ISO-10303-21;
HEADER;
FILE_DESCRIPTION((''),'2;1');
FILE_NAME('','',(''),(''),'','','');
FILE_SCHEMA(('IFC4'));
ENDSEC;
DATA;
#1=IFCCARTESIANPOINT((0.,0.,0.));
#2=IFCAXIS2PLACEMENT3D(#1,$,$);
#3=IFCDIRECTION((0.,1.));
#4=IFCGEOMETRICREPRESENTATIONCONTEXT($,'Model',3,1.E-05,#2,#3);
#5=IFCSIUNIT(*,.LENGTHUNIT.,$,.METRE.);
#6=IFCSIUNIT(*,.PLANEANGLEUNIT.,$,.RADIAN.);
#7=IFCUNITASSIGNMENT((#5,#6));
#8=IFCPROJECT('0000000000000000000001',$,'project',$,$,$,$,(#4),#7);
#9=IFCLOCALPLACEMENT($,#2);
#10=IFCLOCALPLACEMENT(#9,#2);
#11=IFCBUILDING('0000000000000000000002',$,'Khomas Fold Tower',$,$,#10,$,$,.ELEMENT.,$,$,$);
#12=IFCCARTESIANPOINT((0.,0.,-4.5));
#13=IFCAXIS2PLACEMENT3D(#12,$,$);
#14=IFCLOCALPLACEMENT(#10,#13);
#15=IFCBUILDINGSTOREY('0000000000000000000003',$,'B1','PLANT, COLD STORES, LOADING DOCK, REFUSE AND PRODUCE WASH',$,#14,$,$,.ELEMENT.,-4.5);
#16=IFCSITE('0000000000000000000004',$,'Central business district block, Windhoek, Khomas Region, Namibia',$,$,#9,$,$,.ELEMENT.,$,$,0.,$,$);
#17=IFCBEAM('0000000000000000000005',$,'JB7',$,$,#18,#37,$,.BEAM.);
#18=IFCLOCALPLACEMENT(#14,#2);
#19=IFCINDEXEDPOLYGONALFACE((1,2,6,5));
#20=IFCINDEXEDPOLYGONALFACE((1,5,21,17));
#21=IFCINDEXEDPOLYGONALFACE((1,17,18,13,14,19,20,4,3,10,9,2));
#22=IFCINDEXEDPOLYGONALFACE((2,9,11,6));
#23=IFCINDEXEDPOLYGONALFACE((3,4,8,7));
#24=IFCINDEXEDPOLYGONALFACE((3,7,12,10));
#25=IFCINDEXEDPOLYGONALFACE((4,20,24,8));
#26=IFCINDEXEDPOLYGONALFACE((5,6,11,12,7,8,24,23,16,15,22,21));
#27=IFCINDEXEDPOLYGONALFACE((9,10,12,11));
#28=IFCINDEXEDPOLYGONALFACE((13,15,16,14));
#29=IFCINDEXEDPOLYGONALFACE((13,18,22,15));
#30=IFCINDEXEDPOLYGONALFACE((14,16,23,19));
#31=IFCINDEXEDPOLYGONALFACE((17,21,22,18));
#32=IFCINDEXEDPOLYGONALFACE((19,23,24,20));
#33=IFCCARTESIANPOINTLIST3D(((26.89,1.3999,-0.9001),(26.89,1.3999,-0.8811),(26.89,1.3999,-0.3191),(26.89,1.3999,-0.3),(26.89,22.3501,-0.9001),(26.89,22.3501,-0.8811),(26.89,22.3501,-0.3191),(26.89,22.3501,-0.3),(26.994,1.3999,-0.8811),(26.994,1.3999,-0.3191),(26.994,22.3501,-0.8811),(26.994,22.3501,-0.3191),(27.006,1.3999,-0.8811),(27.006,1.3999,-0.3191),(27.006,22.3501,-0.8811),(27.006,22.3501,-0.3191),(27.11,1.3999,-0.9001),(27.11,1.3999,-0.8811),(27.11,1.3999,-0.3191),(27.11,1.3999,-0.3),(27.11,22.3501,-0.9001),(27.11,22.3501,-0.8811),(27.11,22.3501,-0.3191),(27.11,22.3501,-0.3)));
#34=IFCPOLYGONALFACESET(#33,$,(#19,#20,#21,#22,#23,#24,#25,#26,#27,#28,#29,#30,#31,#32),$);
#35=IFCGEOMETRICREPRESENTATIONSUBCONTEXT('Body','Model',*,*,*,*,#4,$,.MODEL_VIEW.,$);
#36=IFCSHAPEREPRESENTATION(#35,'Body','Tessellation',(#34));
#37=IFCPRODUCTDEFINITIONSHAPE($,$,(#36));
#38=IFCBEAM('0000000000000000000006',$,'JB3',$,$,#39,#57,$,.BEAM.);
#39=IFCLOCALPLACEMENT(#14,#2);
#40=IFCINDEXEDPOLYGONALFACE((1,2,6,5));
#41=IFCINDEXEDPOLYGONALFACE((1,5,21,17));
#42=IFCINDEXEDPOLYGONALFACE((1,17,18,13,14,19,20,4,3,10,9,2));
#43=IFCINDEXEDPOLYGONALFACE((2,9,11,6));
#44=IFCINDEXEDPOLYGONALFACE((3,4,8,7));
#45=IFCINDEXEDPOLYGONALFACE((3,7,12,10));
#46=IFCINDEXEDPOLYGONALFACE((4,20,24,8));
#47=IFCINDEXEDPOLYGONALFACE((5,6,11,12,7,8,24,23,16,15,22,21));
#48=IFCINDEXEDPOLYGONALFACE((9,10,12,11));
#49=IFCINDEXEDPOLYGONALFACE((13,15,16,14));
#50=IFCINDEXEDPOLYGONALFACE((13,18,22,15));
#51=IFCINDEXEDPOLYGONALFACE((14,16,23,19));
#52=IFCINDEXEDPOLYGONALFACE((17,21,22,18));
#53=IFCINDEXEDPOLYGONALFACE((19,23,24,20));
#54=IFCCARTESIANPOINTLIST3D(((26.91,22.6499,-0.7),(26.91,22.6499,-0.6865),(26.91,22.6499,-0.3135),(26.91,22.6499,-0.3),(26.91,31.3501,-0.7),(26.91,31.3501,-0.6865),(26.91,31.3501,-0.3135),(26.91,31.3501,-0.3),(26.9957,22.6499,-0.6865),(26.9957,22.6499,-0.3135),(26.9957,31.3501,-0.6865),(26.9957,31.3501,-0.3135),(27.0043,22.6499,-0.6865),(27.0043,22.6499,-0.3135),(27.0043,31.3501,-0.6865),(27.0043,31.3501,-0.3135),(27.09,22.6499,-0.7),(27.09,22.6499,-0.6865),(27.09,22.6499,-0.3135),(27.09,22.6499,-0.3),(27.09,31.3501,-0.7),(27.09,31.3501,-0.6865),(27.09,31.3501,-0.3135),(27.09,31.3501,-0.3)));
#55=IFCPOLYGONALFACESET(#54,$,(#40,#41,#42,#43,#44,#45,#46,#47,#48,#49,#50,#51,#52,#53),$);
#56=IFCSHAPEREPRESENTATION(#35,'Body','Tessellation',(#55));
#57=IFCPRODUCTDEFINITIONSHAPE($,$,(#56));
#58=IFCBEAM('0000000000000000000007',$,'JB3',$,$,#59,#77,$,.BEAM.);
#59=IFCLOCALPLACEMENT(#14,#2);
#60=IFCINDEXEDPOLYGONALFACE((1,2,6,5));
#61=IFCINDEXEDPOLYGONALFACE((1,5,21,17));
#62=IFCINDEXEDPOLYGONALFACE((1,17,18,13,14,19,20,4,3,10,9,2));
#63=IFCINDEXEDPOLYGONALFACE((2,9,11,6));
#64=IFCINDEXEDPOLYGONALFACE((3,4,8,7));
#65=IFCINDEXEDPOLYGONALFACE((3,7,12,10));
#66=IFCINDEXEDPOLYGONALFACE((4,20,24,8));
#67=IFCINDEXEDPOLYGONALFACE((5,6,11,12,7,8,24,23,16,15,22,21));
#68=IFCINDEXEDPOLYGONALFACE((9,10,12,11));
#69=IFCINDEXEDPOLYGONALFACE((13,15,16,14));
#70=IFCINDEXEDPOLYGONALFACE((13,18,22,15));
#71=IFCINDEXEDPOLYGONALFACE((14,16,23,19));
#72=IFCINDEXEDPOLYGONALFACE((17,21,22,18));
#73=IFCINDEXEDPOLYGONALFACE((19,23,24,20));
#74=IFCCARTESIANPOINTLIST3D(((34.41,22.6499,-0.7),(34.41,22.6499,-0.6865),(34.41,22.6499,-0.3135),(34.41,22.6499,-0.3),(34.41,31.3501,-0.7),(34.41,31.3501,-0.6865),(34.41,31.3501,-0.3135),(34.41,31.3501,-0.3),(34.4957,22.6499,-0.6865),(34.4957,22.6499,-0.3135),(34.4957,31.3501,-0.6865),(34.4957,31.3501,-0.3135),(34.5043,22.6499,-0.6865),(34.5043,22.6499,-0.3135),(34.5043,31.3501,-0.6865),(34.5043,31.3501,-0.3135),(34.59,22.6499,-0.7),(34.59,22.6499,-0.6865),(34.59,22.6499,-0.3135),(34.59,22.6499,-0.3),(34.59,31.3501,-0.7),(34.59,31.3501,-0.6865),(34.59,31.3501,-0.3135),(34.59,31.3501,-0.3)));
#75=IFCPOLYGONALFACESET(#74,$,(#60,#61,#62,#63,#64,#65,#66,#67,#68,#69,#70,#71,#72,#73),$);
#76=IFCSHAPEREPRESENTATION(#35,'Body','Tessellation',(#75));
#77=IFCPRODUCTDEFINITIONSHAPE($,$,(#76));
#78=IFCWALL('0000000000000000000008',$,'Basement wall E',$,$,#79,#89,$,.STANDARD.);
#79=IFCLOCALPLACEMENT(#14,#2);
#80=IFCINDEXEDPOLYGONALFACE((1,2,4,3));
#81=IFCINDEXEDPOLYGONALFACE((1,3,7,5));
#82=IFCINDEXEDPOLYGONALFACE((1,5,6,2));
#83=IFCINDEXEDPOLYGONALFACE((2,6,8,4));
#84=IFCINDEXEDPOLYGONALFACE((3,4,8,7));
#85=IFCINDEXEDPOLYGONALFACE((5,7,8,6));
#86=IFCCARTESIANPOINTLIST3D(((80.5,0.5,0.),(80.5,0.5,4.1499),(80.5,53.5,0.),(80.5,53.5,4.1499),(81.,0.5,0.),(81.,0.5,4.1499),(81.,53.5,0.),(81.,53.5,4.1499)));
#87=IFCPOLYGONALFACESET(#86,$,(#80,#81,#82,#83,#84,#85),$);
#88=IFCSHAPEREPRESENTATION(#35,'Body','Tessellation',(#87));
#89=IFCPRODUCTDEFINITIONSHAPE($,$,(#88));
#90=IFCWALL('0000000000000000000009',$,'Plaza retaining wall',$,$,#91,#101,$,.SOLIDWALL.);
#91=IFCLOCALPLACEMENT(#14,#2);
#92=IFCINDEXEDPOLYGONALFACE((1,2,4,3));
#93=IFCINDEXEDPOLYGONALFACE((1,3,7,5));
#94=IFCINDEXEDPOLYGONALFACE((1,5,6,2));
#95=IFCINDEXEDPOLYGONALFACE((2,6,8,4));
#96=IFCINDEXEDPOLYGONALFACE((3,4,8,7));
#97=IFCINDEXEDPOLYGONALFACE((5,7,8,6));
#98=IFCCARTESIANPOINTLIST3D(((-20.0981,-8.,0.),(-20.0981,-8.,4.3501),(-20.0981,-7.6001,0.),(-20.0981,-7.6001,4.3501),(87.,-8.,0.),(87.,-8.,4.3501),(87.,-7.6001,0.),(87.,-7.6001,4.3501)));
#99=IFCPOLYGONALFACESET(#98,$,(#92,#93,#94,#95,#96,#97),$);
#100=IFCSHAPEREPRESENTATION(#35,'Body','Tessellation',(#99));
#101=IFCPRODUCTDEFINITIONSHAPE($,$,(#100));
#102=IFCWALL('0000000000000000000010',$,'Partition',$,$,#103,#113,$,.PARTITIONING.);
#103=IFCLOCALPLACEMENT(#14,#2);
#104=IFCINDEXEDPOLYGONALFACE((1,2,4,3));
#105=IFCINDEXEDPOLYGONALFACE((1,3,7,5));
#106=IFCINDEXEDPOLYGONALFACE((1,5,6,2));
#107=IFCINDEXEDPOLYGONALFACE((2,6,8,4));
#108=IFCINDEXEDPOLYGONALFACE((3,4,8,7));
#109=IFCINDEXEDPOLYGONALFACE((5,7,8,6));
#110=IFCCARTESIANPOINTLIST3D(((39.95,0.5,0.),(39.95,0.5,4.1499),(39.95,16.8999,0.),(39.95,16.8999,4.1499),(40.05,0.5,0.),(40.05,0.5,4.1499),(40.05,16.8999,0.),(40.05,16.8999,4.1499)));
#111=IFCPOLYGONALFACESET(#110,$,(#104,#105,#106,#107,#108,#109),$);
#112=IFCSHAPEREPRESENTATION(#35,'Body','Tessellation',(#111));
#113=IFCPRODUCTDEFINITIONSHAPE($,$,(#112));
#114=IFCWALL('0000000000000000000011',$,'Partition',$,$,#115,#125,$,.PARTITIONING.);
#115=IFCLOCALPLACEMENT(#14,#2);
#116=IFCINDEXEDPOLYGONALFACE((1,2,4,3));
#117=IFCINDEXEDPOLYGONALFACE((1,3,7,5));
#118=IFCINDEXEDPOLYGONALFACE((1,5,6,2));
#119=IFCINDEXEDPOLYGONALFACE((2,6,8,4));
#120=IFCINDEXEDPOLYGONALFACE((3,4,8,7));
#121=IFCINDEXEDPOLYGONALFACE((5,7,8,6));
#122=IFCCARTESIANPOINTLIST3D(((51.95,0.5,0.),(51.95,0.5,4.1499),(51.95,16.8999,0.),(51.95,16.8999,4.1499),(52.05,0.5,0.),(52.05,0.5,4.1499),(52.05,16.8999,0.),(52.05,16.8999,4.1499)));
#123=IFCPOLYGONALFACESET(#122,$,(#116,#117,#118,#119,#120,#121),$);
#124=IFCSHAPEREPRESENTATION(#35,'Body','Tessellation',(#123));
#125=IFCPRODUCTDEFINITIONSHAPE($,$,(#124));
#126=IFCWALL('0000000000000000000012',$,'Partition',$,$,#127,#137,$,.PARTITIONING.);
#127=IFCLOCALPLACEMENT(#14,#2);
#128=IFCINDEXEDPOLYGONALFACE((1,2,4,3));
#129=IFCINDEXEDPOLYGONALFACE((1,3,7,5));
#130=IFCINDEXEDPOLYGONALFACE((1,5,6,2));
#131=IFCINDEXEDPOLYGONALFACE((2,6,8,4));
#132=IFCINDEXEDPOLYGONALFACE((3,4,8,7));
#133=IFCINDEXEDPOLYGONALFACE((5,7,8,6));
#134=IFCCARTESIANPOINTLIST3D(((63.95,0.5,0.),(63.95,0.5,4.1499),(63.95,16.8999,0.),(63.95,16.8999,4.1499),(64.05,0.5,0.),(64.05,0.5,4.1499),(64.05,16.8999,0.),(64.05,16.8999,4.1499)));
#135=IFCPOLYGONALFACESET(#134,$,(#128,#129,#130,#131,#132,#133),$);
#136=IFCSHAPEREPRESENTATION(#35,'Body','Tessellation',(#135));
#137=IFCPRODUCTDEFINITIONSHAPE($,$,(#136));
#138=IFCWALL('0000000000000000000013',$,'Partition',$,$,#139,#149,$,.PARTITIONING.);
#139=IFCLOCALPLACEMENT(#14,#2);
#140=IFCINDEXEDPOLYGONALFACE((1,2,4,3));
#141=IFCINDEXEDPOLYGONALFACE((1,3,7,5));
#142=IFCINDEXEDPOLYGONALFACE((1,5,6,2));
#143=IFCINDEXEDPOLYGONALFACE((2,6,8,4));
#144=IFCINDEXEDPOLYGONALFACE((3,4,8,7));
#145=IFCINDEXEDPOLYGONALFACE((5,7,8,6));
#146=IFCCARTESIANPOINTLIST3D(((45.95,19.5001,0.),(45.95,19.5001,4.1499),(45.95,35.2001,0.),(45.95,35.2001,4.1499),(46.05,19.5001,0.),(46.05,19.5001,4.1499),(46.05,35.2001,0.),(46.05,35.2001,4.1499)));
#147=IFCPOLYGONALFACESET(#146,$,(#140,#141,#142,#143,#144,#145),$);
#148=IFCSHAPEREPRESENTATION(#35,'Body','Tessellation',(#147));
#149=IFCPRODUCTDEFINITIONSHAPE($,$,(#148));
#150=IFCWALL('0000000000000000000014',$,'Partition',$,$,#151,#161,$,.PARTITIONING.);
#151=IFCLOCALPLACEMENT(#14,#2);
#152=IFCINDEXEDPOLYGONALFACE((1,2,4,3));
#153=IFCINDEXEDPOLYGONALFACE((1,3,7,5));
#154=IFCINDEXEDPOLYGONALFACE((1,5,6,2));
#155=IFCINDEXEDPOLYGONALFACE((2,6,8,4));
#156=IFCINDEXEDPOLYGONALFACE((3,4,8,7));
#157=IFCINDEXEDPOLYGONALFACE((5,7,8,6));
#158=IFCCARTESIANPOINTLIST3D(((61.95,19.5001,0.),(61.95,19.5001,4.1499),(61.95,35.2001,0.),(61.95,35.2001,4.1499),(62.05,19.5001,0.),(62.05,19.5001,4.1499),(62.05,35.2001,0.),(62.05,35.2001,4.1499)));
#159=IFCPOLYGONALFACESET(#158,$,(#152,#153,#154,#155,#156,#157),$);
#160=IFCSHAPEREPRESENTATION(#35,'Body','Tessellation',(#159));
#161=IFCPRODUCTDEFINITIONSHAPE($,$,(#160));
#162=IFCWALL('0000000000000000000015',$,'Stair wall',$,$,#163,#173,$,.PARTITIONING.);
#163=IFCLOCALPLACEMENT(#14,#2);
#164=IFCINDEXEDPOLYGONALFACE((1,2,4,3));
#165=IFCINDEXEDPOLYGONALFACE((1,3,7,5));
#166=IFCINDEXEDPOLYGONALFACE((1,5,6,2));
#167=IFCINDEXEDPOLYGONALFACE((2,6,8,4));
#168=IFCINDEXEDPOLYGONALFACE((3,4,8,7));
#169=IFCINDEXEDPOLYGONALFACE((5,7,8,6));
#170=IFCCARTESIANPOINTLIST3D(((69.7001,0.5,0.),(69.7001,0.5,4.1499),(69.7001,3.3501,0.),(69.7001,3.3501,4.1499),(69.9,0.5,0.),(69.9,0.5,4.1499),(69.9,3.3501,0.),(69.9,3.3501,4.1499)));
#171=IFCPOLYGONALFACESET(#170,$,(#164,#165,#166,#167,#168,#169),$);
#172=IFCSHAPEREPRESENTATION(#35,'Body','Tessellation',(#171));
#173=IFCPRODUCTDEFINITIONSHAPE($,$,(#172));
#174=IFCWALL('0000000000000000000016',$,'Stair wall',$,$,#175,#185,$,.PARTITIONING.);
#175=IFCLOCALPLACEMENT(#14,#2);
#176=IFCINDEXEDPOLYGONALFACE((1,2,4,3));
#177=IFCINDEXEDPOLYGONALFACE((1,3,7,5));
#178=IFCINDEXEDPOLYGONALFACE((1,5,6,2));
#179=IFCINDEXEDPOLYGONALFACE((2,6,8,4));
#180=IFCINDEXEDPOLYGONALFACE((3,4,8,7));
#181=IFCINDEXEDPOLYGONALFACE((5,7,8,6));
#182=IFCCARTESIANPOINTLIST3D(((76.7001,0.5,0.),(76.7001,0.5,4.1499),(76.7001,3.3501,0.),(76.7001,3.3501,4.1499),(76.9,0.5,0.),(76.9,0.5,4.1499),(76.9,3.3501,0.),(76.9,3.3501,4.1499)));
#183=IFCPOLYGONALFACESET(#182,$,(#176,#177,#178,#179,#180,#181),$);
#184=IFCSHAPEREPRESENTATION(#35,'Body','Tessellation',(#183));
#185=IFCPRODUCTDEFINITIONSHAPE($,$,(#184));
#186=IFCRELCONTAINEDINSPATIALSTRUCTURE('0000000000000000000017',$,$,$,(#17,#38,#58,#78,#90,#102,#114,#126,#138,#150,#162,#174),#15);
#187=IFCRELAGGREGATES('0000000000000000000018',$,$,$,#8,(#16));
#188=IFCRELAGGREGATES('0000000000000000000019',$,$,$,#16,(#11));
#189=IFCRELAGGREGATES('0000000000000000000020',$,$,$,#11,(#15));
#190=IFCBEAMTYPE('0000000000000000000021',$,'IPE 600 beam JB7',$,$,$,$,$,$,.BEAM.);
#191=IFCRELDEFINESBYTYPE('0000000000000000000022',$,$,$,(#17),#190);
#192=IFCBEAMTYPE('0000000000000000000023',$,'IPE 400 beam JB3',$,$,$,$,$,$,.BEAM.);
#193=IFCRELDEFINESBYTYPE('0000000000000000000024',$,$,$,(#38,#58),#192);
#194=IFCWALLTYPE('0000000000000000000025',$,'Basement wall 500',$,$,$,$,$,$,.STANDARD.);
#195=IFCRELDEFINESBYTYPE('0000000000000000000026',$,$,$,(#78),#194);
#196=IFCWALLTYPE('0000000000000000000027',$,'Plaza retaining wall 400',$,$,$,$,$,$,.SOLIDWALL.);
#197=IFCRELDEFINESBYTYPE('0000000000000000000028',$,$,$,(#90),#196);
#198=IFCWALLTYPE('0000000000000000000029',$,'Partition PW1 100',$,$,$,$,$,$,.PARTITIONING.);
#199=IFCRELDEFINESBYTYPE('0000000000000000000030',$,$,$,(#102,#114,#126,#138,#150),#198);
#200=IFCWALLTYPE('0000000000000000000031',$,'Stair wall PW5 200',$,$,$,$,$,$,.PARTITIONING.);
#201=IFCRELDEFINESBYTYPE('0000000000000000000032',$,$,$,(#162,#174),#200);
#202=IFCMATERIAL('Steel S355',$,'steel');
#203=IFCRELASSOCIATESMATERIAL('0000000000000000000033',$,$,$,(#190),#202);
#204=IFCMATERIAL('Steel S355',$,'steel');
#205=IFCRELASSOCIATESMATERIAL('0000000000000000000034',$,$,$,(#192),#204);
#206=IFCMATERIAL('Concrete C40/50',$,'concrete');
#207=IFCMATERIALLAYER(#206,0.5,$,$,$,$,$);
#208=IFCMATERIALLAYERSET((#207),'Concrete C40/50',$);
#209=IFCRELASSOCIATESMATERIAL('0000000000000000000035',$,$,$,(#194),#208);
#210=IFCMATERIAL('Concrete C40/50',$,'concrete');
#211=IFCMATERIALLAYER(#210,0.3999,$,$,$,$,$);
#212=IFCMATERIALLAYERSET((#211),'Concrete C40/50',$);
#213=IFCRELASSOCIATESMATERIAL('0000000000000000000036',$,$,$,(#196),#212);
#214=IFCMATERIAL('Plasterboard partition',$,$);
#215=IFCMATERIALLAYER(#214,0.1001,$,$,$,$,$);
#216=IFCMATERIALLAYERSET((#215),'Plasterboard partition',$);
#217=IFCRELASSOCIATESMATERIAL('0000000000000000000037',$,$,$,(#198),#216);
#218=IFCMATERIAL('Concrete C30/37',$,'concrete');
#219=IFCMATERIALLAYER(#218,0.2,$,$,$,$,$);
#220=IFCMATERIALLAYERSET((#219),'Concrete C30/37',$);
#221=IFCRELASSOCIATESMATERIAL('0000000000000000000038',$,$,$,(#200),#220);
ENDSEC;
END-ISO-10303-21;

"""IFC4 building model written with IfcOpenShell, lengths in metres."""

from ifc_helpers import new_model, si_unit, direction, frame, frame_2d, origin, origin_2d, place, context, subcontext, project, spatial, rectangle, i_section, extrude, source, transform, mapped, material, layer, layer_set, material_profile, profile_set, type_object, element, save


model = new_model("IFC4")

# Units and contexts
model_context = context("Model", 3, precision=1e-05, world=origin(), true_north=direction((0.0, 1.0)))
body_context = subcontext(model_context, "Body", "Model", "MODEL_VIEW")
ifc_project = project(units=[si_unit("LENGTHUNIT", "METRE"), si_unit("PLANEANGLEUNIT", "RADIAN")], contexts=[model_context])

# Site, building, storey
site_placement = place(None, origin())
site = spatial("IfcSite", under=ifc_project, at=site_placement, Name="Central business district block, Windhoek, Khomas Region, Namibia", CompositionType="ELEMENT", RefElevation=0.0)
building_placement = place(site_placement, origin())
building = spatial("IfcBuilding", under=site, at=building_placement, Name="Khomas Fold Tower", CompositionType="ELEMENT")
storey_placement = place(building_placement, frame((0.0, 0.0, -4.5)))
storey = spatial("IfcBuildingStorey", under=building, at=storey_placement, Name="B1", Description="PLANT, COLD STORES, LOADING DOCK, REFUSE AND PRODUCE WASH", CompositionType="ELEMENT", Elevation=-4.5)

# Beams
ifc_material_1 = material(Name="Steel S355", Category="steel")
ifc_material_profile_1 = material_profile(ifc_material_1, i_section(OverallWidth=0.22, OverallDepth=0.6001, WebThickness=0.012, FlangeThickness=0.019, at=origin_2d()), Name="IPE 600")
ifc_profile_set_1 = profile_set([ifc_material_profile_1], Name="Steel S355")
beam_type_1 = type_object("IfcBeamType", Name="IPE 600 beam JB7", PredefinedType="BEAM", material=ifc_profile_set_1)
shared_shape_1 = source(origin(), body_context, "Body", "SweptSolid", [
    extrude(i_section(OverallWidth=0.22, OverallDepth=0.6001, WebThickness=0.012, FlangeThickness=0.019, at=origin_2d()), origin(), (0.0, 0.0, 1.0), 20.9502),
])
beam_1_placement = place(storey_placement, frame((27.0, 1.3999, -0.6001), z_axis=(0.0, 1.0, 0.0), x_axis=(-1.0, 0.0, 0.0)))
element("IfcBeam", 1, at=beam_1_placement, inside=storey, type_object=beam_type_1, Name="JB7", PredefinedType="BEAM", context=body_context, shape_type="MappedRepresentation", body=[
    mapped(shared_shape_1, transform((0.0, 0.0, 0.0))),
])
ifc_material_2 = material(Name="Steel S355", Category="steel")
ifc_material_profile_2 = material_profile(ifc_material_2, i_section(OverallWidth=0.1799, OverallDepth=0.3999, WebThickness=0.0085, FlangeThickness=0.0134, at=origin_2d()), Name="IPE 400")
ifc_profile_set_2 = profile_set([ifc_material_profile_2], Name="Steel S355")
beam_type_2 = type_object("IfcBeamType", Name="IPE 400 beam JB3", PredefinedType="BEAM", material=ifc_profile_set_2)
shared_shape_2 = source(origin(), body_context, "Body", "SweptSolid", [
    extrude(i_section(OverallWidth=0.1799, OverallDepth=0.3999, WebThickness=0.0085, FlangeThickness=0.0134, at=origin_2d()), origin(), (0.0, 0.0, 1.0), 8.7002),
])
for number, where, z_axis, x_axis, name in (
    (2, (27.0, 22.6499, -0.5), (0.0, 1.0, 0.0), (-1.0, 0.0, 0.0), "JB3"),
    (3, (34.5, 22.6499, -0.5), (0.0, 1.0, 0.0), (-1.0, 0.0, 0.0), "JB3"),
):
    element("IfcBeam", number, at=place(storey_placement, frame(where, z_axis=z_axis, x_axis=x_axis)), inside=storey, type_object=beam_type_2, Name=name, PredefinedType="BEAM", context=body_context, shape_type="MappedRepresentation", body=[
        mapped(shared_shape_2, transform((0.0, 0.0, 0.0))),
    ])

# Walls
ifc_material_3 = material(Name="Concrete C40/50", Category="concrete")
ifc_layer_1 = layer(ifc_material_3, 0.5)
ifc_layer_set_1 = layer_set([ifc_layer_1], Name="Concrete C40/50")
wall_type_1 = type_object("IfcWallType", Name="Basement wall 500", PredefinedType="STANDARD", material=ifc_layer_set_1)
shared_shape_3 = source(origin(), body_context, "Body", "SweptSolid", [
    extrude(rectangle(XDim=53.0, YDim=0.5, at=frame_2d((26.5, 0.0))), origin(), (0.0, 0.0, 1.0), 4.1499),
])
wall_1_placement = place(storey_placement, frame((80.75, 0.5, 0.0), z_axis=(0.0, 0.0, 1.0), x_axis=(0.0, 1.0, 0.0)))
element("IfcWall", 4, at=wall_1_placement, inside=storey, type_object=wall_type_1, Name="Basement wall E", PredefinedType="STANDARD", context=body_context, shape_type="MappedRepresentation", body=[
    mapped(shared_shape_3, transform((0.0, 0.0, 0.0))),
])
ifc_material_4 = material(Name="Concrete C40/50", Category="concrete")
ifc_layer_2 = layer(ifc_material_4, 0.3999)
ifc_layer_set_2 = layer_set([ifc_layer_2], Name="Concrete C40/50")
wall_type_2 = type_object("IfcWallType", Name="Plaza retaining wall 400", PredefinedType="SOLIDWALL", material=ifc_layer_set_2)
shared_shape_4 = source(origin(), body_context, "Body", "SweptSolid", [
    extrude(rectangle(XDim=107.0981, YDim=0.3999, at=frame_2d((53.5491, 0.0))), origin(), (0.0, 0.0, 1.0), 4.3501),
])
wall_2_placement = place(storey_placement, frame((87.0, -7.8, 0.0), z_axis=(0.0, 0.0, 1.0), x_axis=(-1.0, 0.0, 0.0)))
element("IfcWall", 5, at=wall_2_placement, inside=storey, type_object=wall_type_2, Name="Plaza retaining wall", PredefinedType="SOLIDWALL", context=body_context, shape_type="MappedRepresentation", body=[
    mapped(shared_shape_4, transform((0.0, 0.0, 0.0))),
])
ifc_material_5 = material(Name="Plasterboard partition")
ifc_layer_3 = layer(ifc_material_5, 0.1001)
ifc_layer_set_3 = layer_set([ifc_layer_3], Name="Plasterboard partition")
wall_type_3 = type_object("IfcWallType", Name="Partition PW1 100", PredefinedType="PARTITIONING", material=ifc_layer_set_3)
shared_shape_5 = source(origin(), body_context, "Body", "SweptSolid", [
    extrude(rectangle(XDim=16.3999, YDim=0.1001, at=frame_2d((8.2, 0.0))), origin(), (0.0, 0.0, 1.0), 4.1499),
])
for number, where, z_axis, x_axis, name in (
    (6, (40.0, 0.5, 0.0), (0.0, 0.0, 1.0), (0.0, 1.0, 0.0), "Partition"),
    (7, (52.0, 0.5, 0.0), (0.0, 0.0, 1.0), (0.0, 1.0, 0.0), "Partition"),
    (8, (64.0, 0.5, 0.0), (0.0, 0.0, 1.0), (0.0, 1.0, 0.0), "Partition"),
):
    element("IfcWall", number, at=place(storey_placement, frame(where, z_axis=z_axis, x_axis=x_axis)), inside=storey, type_object=wall_type_3, Name=name, PredefinedType="PARTITIONING", context=body_context, shape_type="MappedRepresentation", body=[
        mapped(shared_shape_5, transform((0.0, 0.0, 0.0))),
    ])
shared_shape_6 = source(origin(), body_context, "Body", "SweptSolid", [
    extrude(rectangle(XDim=15.7, YDim=0.1001, at=frame_2d((7.8501, 0.0))), origin(), (0.0, 0.0, 1.0), 4.1499),
])
for number, where, z_axis, x_axis, name in (
    (9, (46.0, 19.5, 0.0), (0.0, 0.0, 1.0), (0.0, 1.0, 0.0), "Partition"),
    (10, (62.0, 19.5, 0.0), (0.0, 0.0, 1.0), (0.0, 1.0, 0.0), "Partition"),
):
    element("IfcWall", number, at=place(storey_placement, frame(where, z_axis=z_axis, x_axis=x_axis)), inside=storey, type_object=wall_type_3, Name=name, PredefinedType="PARTITIONING", context=body_context, shape_type="MappedRepresentation", body=[
        mapped(shared_shape_6, transform((0.0, 0.0, 0.0))),
    ])
ifc_material_6 = material(Name="Concrete C30/37", Category="concrete")
ifc_layer_4 = layer(ifc_material_6, 0.2)
ifc_layer_set_4 = layer_set([ifc_layer_4], Name="Concrete C30/37")
wall_type_4 = type_object("IfcWallType", Name="Stair wall PW5 200", PredefinedType="PARTITIONING", material=ifc_layer_set_4)
shared_shape_7 = source(origin(), body_context, "Body", "SweptSolid", [
    extrude(rectangle(XDim=2.8501, YDim=0.2, at=frame_2d((1.425, 0.0))), origin(), (0.0, 0.0, 1.0), 4.1499),
])
for number, where, z_axis, x_axis, name in (
    (11, (69.8, 0.5, 0.0), (0.0, 0.0, 1.0), (0.0, 1.0, 0.0), "Stair wall"),
    (12, (76.8, 0.5, 0.0), (0.0, 0.0, 1.0), (0.0, 1.0, 0.0), "Stair wall"),
):
    element("IfcWall", number, at=place(storey_placement, frame(where, z_axis=z_axis, x_axis=x_axis)), inside=storey, type_object=wall_type_4, Name=name, PredefinedType="PARTITIONING", context=body_context, shape_type="MappedRepresentation", body=[
        mapped(shared_shape_7, transform((0.0, 0.0, 0.0))),
    ])

save(model, "model.ifc")
